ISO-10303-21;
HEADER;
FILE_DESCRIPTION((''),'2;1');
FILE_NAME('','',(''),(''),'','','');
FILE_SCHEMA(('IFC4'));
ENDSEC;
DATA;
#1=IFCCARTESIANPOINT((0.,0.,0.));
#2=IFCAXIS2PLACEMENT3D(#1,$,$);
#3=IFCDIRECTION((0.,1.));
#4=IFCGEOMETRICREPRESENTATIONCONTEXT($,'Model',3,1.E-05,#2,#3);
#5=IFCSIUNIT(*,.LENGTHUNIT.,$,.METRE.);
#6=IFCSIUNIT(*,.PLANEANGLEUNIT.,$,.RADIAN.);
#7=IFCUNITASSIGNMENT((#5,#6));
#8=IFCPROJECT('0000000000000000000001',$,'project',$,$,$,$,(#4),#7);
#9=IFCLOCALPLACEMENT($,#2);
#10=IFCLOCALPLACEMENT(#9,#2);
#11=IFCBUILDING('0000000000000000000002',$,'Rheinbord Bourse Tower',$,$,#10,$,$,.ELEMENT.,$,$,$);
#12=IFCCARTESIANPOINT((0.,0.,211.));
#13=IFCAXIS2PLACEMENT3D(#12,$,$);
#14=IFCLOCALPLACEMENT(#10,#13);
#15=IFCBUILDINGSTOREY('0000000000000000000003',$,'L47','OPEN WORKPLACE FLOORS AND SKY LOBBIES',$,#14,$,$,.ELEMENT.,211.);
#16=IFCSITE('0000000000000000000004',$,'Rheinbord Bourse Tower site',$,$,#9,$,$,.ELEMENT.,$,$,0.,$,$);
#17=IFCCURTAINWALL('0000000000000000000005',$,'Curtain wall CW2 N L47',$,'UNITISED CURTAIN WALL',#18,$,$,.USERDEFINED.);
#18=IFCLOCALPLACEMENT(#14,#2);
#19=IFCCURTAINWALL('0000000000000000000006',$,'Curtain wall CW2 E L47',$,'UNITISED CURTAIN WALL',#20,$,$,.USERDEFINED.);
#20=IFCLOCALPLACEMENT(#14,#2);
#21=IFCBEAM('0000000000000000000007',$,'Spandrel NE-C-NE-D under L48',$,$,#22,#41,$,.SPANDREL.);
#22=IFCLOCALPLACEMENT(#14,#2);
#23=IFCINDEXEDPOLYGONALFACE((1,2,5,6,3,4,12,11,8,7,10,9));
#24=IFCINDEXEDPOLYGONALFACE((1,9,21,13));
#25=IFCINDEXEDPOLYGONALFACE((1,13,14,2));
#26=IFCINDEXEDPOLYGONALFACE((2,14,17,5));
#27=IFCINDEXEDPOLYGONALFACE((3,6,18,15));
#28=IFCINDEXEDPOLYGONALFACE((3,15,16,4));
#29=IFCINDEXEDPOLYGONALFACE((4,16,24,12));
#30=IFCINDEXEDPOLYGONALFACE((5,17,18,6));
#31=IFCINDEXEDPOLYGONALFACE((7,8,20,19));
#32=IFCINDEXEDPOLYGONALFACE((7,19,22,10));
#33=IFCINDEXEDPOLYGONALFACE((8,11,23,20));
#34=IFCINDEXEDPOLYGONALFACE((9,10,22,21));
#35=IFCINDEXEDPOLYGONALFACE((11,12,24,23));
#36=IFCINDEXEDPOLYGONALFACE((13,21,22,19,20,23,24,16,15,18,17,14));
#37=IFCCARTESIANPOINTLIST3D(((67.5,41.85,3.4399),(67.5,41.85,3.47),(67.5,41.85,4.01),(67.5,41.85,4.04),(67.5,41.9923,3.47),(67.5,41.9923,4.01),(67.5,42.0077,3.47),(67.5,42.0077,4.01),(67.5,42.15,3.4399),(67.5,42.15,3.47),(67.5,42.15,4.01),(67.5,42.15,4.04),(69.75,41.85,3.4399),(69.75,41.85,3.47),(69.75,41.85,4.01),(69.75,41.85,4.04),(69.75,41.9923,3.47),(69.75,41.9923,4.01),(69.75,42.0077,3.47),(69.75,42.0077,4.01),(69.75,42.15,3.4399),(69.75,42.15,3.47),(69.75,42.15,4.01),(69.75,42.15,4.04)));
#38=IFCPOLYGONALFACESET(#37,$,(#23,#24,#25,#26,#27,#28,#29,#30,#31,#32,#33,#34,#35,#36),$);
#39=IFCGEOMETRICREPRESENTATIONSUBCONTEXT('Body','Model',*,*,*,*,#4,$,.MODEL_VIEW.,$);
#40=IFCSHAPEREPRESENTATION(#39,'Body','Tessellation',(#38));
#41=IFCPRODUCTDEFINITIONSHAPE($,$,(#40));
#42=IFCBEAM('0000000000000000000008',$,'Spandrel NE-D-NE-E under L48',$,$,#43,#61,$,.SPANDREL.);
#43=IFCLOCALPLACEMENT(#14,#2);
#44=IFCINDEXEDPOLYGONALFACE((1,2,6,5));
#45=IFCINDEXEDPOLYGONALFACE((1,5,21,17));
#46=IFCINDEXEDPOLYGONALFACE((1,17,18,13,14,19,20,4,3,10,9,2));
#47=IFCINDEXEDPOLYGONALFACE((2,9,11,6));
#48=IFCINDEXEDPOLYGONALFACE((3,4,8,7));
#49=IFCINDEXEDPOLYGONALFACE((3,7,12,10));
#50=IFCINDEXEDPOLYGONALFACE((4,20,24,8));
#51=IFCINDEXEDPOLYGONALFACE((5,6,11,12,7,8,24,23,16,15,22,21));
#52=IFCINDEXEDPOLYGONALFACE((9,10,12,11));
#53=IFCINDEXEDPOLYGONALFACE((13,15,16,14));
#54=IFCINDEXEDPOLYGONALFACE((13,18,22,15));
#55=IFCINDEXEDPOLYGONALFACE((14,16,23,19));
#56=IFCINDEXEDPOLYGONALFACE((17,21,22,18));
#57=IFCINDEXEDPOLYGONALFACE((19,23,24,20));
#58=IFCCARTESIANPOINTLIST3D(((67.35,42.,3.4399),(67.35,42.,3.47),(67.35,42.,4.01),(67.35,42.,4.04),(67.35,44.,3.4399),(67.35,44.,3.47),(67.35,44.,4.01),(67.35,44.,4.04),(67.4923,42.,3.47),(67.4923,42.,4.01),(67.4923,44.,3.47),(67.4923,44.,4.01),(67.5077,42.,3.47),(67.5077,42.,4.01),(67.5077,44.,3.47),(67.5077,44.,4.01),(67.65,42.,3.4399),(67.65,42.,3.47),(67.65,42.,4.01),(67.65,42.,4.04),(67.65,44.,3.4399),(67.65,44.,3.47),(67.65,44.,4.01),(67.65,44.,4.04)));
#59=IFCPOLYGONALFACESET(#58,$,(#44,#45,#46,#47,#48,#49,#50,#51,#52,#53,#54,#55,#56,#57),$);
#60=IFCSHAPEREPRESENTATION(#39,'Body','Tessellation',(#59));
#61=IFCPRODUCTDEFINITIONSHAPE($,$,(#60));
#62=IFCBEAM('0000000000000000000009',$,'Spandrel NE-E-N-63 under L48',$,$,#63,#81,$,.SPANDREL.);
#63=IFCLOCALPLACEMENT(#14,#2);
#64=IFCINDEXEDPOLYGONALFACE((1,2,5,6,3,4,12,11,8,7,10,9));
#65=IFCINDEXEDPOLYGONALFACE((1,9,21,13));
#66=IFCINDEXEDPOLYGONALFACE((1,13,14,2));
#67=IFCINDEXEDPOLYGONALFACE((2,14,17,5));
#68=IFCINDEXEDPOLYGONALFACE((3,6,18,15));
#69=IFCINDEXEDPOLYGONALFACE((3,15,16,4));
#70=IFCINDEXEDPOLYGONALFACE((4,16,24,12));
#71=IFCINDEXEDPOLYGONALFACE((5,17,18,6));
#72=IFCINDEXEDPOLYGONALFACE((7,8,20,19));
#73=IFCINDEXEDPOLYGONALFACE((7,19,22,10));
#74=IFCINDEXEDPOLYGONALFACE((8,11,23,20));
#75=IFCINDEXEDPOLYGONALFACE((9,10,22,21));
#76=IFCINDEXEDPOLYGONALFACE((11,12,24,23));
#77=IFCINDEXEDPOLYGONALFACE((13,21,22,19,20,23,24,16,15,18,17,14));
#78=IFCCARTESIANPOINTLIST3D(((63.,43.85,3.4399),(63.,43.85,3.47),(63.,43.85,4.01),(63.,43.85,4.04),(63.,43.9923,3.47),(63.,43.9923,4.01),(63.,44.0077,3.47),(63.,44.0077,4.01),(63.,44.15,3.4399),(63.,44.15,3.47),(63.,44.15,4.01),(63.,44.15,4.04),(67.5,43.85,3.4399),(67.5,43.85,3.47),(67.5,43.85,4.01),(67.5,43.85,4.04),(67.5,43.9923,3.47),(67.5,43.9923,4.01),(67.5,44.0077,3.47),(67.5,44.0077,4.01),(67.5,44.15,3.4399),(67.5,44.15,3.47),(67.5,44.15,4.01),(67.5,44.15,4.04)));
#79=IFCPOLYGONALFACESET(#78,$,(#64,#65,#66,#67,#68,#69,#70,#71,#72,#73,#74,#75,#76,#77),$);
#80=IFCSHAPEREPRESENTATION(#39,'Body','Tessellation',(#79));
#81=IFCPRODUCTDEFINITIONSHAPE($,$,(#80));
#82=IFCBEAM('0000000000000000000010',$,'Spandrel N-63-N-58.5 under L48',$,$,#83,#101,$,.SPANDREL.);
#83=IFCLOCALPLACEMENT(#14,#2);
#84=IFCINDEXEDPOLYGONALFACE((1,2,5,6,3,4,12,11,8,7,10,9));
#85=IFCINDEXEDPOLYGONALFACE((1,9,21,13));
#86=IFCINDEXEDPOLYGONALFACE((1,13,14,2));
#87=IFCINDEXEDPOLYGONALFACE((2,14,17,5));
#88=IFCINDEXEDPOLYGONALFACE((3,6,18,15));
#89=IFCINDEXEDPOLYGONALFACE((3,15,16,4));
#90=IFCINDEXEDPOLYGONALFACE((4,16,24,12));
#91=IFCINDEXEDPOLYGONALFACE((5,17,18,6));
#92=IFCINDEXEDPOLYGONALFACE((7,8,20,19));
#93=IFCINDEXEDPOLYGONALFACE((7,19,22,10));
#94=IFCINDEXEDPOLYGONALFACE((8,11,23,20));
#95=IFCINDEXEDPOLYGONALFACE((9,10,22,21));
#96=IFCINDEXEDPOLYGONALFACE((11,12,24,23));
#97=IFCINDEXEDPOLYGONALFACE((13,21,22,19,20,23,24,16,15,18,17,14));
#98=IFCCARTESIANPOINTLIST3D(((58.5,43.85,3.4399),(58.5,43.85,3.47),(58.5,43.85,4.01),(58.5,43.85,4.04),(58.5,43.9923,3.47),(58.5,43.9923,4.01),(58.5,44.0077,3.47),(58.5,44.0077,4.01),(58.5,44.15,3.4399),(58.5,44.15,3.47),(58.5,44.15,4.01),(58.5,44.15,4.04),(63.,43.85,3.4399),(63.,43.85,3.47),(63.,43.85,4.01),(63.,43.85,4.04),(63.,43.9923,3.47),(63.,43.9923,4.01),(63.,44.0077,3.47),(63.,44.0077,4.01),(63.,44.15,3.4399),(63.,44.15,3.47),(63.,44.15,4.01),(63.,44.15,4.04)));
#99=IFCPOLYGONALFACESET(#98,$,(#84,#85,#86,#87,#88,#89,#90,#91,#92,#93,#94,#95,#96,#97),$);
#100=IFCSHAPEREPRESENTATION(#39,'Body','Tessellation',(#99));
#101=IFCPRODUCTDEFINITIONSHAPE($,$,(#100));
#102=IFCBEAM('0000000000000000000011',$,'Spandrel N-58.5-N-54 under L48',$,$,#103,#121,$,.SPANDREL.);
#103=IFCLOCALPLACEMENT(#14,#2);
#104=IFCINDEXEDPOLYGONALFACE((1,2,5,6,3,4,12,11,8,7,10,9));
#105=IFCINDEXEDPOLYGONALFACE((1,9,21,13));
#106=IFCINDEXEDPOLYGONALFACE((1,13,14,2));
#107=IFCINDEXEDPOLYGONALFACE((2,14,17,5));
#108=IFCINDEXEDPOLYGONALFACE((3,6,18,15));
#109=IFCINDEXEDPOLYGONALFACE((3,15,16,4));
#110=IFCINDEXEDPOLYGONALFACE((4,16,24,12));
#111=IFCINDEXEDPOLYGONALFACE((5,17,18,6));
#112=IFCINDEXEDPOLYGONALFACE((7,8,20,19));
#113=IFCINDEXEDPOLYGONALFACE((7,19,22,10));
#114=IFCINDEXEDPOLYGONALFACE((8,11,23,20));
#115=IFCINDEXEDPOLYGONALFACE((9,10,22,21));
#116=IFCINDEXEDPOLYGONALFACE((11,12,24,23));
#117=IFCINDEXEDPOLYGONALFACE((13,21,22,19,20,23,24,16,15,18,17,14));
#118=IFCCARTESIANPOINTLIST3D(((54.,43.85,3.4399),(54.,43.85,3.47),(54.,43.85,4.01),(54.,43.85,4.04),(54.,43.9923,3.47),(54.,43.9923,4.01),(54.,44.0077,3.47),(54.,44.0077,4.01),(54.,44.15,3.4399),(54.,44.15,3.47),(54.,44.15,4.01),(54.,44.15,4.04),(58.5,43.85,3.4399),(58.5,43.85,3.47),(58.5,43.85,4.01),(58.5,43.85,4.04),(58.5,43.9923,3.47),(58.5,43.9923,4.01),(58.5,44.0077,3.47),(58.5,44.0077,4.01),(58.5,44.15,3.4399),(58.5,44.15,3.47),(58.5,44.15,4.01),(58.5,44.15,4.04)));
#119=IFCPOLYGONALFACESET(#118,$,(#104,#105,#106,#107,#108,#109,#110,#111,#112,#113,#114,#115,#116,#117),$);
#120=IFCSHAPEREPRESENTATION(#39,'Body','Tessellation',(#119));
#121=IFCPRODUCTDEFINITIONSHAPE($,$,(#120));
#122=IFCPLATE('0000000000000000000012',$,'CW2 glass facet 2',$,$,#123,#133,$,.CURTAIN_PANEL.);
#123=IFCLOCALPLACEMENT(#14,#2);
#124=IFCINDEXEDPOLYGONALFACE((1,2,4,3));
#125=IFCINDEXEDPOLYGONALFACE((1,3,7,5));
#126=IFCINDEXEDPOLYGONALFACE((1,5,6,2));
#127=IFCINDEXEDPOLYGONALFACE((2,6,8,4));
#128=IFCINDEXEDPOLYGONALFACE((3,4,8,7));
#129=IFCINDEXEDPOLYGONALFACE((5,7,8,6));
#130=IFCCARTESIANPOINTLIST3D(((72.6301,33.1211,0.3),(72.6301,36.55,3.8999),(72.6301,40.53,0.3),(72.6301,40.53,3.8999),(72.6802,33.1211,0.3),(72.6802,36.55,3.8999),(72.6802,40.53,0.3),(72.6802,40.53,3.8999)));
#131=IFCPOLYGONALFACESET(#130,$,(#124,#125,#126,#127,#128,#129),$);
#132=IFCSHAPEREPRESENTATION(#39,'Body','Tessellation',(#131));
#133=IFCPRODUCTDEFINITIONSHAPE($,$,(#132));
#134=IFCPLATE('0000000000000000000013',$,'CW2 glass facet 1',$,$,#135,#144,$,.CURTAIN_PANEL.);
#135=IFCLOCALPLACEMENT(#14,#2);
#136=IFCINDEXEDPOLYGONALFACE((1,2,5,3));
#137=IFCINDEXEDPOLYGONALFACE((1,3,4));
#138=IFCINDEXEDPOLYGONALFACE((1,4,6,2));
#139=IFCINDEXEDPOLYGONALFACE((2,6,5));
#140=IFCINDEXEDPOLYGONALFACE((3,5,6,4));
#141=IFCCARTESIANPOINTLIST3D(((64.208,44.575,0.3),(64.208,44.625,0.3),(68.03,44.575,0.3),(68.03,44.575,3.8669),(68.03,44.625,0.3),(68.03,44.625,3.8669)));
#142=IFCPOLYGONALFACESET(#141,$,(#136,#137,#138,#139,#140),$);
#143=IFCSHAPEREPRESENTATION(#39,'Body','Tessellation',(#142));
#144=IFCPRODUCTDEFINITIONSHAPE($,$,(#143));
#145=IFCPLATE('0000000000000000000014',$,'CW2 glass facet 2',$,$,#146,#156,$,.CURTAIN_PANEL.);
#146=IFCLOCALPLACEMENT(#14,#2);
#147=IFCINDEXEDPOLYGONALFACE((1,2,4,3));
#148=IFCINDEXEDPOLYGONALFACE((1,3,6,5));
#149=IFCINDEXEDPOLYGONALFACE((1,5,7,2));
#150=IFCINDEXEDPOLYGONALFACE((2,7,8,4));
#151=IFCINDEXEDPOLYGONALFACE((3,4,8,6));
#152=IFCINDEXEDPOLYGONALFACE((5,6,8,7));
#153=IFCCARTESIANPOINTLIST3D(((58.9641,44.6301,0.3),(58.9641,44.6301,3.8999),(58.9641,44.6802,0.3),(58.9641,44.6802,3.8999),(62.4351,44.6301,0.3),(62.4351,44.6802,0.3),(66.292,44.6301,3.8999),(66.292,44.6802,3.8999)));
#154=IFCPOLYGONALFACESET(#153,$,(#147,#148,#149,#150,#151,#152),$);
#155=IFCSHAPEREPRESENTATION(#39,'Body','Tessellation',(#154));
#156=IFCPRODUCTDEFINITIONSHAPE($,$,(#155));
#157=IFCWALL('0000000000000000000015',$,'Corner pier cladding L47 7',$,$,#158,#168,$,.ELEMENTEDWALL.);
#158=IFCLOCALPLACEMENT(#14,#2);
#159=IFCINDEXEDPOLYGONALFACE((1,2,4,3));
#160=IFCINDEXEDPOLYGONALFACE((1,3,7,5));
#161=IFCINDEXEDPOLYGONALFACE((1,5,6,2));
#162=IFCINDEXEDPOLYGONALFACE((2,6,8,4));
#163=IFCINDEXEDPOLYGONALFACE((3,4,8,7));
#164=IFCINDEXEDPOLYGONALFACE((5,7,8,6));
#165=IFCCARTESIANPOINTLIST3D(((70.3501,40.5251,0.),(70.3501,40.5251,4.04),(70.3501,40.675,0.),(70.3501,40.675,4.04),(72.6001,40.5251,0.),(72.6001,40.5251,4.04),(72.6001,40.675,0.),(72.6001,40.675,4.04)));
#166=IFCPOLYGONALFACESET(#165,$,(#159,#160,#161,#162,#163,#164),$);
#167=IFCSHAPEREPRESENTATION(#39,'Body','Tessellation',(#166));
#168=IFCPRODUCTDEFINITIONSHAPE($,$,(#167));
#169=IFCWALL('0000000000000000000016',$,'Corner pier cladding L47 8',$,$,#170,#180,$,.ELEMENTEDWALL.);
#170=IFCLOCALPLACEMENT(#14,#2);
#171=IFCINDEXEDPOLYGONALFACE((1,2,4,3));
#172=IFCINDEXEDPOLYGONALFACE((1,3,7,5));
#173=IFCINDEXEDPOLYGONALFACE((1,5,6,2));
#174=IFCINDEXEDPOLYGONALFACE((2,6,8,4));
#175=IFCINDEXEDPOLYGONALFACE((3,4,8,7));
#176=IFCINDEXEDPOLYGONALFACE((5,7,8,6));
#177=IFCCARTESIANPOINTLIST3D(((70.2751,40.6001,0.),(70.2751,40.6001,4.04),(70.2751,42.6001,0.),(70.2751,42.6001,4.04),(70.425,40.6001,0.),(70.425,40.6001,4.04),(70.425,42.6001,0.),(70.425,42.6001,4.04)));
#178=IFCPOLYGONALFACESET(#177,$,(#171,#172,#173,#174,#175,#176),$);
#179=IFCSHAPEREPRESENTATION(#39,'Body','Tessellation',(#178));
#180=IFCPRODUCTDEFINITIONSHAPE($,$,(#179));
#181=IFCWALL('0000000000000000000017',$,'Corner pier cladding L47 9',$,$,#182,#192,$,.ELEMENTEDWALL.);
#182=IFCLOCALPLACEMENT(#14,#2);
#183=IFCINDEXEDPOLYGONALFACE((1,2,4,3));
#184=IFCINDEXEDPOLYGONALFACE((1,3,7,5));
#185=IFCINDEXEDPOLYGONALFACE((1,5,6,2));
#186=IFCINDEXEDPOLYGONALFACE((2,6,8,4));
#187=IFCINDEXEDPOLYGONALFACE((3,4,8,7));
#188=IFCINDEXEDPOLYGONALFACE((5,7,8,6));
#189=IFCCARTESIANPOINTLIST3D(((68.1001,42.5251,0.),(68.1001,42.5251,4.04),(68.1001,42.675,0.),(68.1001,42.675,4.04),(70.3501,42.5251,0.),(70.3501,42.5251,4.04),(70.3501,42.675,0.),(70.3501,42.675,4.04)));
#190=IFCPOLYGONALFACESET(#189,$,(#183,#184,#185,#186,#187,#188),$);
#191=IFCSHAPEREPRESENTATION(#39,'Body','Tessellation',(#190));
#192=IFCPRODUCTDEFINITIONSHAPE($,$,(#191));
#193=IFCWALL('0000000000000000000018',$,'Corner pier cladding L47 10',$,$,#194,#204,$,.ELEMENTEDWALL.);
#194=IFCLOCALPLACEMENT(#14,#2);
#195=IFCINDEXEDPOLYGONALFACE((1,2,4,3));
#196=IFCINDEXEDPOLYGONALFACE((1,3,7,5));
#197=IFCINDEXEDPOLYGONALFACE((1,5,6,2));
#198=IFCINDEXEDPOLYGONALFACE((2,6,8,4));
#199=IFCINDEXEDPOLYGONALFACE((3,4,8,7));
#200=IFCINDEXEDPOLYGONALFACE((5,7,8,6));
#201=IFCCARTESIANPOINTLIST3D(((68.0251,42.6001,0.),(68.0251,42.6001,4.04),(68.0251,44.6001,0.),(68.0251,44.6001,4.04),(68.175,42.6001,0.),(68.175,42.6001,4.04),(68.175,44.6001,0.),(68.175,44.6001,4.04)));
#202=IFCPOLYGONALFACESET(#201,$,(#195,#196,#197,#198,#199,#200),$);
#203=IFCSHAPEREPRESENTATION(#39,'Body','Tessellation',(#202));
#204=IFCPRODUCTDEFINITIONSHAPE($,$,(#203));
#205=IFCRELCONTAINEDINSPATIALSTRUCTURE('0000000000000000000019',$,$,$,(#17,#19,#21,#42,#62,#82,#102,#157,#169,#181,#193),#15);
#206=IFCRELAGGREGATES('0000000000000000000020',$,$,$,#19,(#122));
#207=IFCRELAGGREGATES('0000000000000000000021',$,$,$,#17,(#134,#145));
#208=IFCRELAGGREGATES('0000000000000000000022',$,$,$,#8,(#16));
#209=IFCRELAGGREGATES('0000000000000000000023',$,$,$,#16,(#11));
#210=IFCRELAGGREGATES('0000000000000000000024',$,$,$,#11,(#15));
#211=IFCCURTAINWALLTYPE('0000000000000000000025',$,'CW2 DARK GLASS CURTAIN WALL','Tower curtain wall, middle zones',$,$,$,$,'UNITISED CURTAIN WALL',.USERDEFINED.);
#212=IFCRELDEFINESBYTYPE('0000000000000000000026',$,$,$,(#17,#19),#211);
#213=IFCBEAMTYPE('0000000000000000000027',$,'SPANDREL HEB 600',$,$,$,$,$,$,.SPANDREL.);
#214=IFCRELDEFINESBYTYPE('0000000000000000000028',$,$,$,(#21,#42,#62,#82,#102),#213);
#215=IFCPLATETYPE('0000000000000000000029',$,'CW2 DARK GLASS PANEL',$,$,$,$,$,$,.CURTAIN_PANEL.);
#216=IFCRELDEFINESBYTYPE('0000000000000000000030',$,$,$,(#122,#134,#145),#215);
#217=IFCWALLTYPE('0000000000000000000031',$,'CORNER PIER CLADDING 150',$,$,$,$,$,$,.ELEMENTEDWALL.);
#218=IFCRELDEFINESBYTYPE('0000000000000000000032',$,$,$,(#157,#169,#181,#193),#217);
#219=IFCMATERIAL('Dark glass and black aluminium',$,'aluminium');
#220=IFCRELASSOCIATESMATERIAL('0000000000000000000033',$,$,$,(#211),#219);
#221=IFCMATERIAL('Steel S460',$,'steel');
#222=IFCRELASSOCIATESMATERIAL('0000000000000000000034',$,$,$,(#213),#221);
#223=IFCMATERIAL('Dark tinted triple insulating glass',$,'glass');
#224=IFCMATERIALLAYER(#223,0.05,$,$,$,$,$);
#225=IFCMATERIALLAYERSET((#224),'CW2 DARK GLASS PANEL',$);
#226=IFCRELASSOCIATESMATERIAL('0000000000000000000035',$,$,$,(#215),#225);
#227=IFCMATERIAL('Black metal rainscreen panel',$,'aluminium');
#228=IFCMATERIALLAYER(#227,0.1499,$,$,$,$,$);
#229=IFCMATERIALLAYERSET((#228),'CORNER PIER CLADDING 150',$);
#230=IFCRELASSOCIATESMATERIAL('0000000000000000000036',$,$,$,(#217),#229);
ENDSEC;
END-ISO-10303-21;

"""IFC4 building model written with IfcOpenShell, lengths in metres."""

from ifc_helpers import new_model, si_unit, direction, frame, frame_2d, origin, origin_2d, place, context, subcontext, project, spatial, polyline, rectangle, i_section, outline, extrude, material, layer, layer_set, material_profile, profile_set, type_object, element, aggregate, save


model = new_model("IFC4")

# Units and contexts
model_context = context("Model", 3, precision=1e-05, world=origin(), true_north=direction((0.0, 1.0)))
body_context = subcontext(model_context, "Body", "Model", "MODEL_VIEW")
ifc_project = project(units=[si_unit("LENGTHUNIT", "METRE"), si_unit("PLANEANGLEUNIT", "RADIAN")], contexts=[model_context])

# Site, building, storey
site_placement = place(None, origin())
site = spatial("IfcSite", under=ifc_project, at=site_placement, Name="Rheinbord Bourse Tower site", CompositionType="ELEMENT", RefElevation=0.0)
building_placement = place(site_placement, origin())
building = spatial("IfcBuilding", under=site, at=building_placement, Name="Rheinbord Bourse Tower", CompositionType="ELEMENT")
storey_placement = place(building_placement, frame((0.0, 0.0, 211.0)))
storey = spatial("IfcBuildingStorey", under=building, at=storey_placement, Name="L47", Description="OPEN WORKPLACE FLOORS AND SKY LOBBIES", CompositionType="ELEMENT", Elevation=211.0)

# Curtain walls
ifc_material_1 = material(Name="Dark glass and black aluminium", Category="aluminium")
curtain_wall_type = type_object("IfcCurtainWallType", Name="CW2 DARK GLASS CURTAIN WALL", Description="Tower curtain wall, middle zones", ElementType="UNITISED CURTAIN WALL", PredefinedType="USERDEFINED", material=ifc_material_1)
curtain_wall_1_placement = place(storey_placement, origin())
curtain_wall_1 = element("IfcCurtainWall", 1, at=curtain_wall_1_placement, inside=storey, type_object=curtain_wall_type, Name="Curtain wall CW2 N L47", ObjectType="UNITISED CURTAIN WALL", PredefinedType="USERDEFINED")
curtain_wall_2_placement = place(storey_placement, origin())
curtain_wall_2 = element("IfcCurtainWall", 2, at=curtain_wall_2_placement, inside=storey, type_object=curtain_wall_type, Name="Curtain wall CW2 E L47", ObjectType="UNITISED CURTAIN WALL", PredefinedType="USERDEFINED")

# Beams
ifc_material_2 = material(Name="Steel S460", Category="steel")
ifc_material_profile_1 = material_profile(ifc_material_2, i_section(OverallWidth=0.3, OverallDepth=0.6001, WebThickness=0.0154, FlangeThickness=0.03, at=origin_2d()), Name="HEB 600")
ifc_profile_set_1 = profile_set([ifc_material_profile_1], Name="Steel S460")
beam_type_1 = type_object("IfcBeamType", Name="SPANDREL HEB 600", PredefinedType="SPANDREL", material=ifc_profile_set_1)
for number, where, z_axis, x_axis, name in (
    (3, (69.75, 42.0, 3.74), (-1.0, 0.0, 0.0), (0.0, -1.0, 0.0), "Spandrel NE-C-NE-D under L48"),
):
    element("IfcBeam", number, at=place(storey_placement, frame(where, z_axis=z_axis, x_axis=x_axis)), inside=storey, type_object=beam_type_1, Name=name, PredefinedType="SPANDREL", context=body_context, shape_type="SweptSolid", body=[
        extrude(i_section(OverallWidth=0.3, OverallDepth=0.6001, WebThickness=0.0154, FlangeThickness=0.03, at=origin_2d()), origin(), (0.0, 0.0, 1.0), 2.25),
    ])
beam_placement = place(storey_placement, frame((67.5, 42.0, 3.74), z_axis=(0.0, 1.0, 0.0), x_axis=(-1.0, 0.0, 0.0)))
element("IfcBeam", 4, at=beam_placement, inside=storey, type_object=beam_type_1, Name="Spandrel NE-D-NE-E under L48", PredefinedType="SPANDREL", context=body_context, shape_type="SweptSolid", body=[
    extrude(i_section(OverallWidth=0.3, OverallDepth=0.6001, WebThickness=0.0154, FlangeThickness=0.03, at=origin_2d()), origin(), (0.0, 0.0, 1.0), 2.0),
])
for number, where, z_axis, x_axis, name in (
    (5, (67.5, 44.0, 3.74), (-1.0, 0.0, 0.0), (0.0, -1.0, 0.0), "Spandrel NE-E-N-63 under L48"),
    (6, (63.0, 44.0, 3.74), (-1.0, 0.0, 0.0), (0.0, -1.0, 0.0), "Spandrel N-63-N-58.5 under L48"),
    (7, (58.5, 44.0, 3.74), (-1.0, 0.0, 0.0), (0.0, -1.0, 0.0), "Spandrel N-58.5-N-54 under L48"),
):
    element("IfcBeam", number, at=place(storey_placement, frame(where, z_axis=z_axis, x_axis=x_axis)), inside=storey, type_object=beam_type_1, Name=name, PredefinedType="SPANDREL", context=body_context, shape_type="SweptSolid", body=[
        extrude(i_section(OverallWidth=0.3, OverallDepth=0.6001, WebThickness=0.0154, FlangeThickness=0.03, at=origin_2d()), origin(), (0.0, 0.0, 1.0), 4.5),
    ])

# Plates
ifc_material_3 = material(Name="Dark tinted triple insulating glass", Category="glass")
ifc_layer_1 = layer(ifc_material_3, 0.05)
ifc_layer_set_1 = layer_set([ifc_layer_1], Name="CW2 DARK GLASS PANEL")
plate_type = type_object("IfcPlateType", Name="CW2 DARK GLASS PANEL", PredefinedType="CURTAIN_PANEL", material=ifc_layer_set_1)
plate_1_placement = place(storey_placement, frame((72.6802, 40.53, 3.8999), z_axis=(-1.0, 0.0, 0.0), x_axis=(0.0, 0.0, -1.0)))
plate_1 = element("IfcPlate", 8, at=plate_1_placement, type_object=plate_type, Name="CW2 glass facet 2", PredefinedType="CURTAIN_PANEL", context=body_context, shape_type="SweptSolid", body=[
    extrude(outline(polyline([(0.0, 0.0), (3.5999, 0.0), (3.5999, 7.4089), (0.0, 3.98), (0.0, 0.0)])), origin(), (0.0, 0.0, 1.0), 0.05),
])
aggregate(curtain_wall_2, [plate_1])
plate_2_placement = place(storey_placement, frame((68.03, 44.625, 0.3), z_axis=(0.0, -1.0, 0.0), x_axis=(0.0, 0.0, 1.0)))
plate_2 = element("IfcPlate", 9, at=plate_2_placement, type_object=plate_type, Name="CW2 glass facet 1", PredefinedType="CURTAIN_PANEL", context=body_context, shape_type="SweptSolid", body=[
    extrude(outline(polyline([(0.0, 0.0), (3.5669, 0.0), (0.0, 3.822), (0.0, 0.0)])), origin(), (0.0, 0.0, 1.0), 0.05),
])
plate_3_placement = place(storey_placement, frame((58.9641, 44.6802, 3.8999), z_axis=(0.0, -1.0, 0.0), x_axis=(0.0, 0.0, -1.0)))
plate_3 = element("IfcPlate", 10, at=plate_3_placement, type_object=plate_type, Name="CW2 glass facet 2", PredefinedType="CURTAIN_PANEL", context=body_context, shape_type="SweptSolid", body=[
    extrude(outline(polyline([(0.0, 0.0), (3.5999, 0.0), (3.5999, 3.4709), (0.0, 7.3279), (0.0, 0.0)])), origin(), (0.0, 0.0, 1.0), 0.05),
])
aggregate(curtain_wall_1, [plate_2, plate_3])

# Walls
ifc_material_4 = material(Name="Black metal rainscreen panel", Category="aluminium")
ifc_layer_2 = layer(ifc_material_4, 0.1499)
ifc_layer_set_2 = layer_set([ifc_layer_2], Name="CORNER PIER CLADDING 150")
wall_type = type_object("IfcWallType", Name="CORNER PIER CLADDING 150", PredefinedType="ELEMENTEDWALL", material=ifc_layer_set_2)
wall_1_placement = place(storey_placement, frame((72.6001, 40.6001, 0.0), z_axis=(0.0, 0.0, 1.0), x_axis=(-1.0, 0.0, 0.0)))
element("IfcWall", 11, at=wall_1_placement, inside=storey, type_object=wall_type, Name="Corner pier cladding L47 7", PredefinedType="ELEMENTEDWALL", context=body_context, shape_type="SweptSolid", body=[
    extrude(rectangle(XDim=2.25, YDim=0.1499, at=frame_2d((1.125, 0.0))), origin(), (0.0, 0.0, 1.0), 4.04),
])
wall_2_placement = place(storey_placement, frame((70.3501, 40.6001, 0.0), z_axis=(0.0, 0.0, 1.0), x_axis=(0.0, 1.0, 0.0)))
element("IfcWall", 12, at=wall_2_placement, inside=storey, type_object=wall_type, Name="Corner pier cladding L47 8", PredefinedType="ELEMENTEDWALL", context=body_context, shape_type="SweptSolid", body=[
    extrude(rectangle(XDim=2.0, YDim=0.1499, at=frame_2d((1.0, 0.0))), origin(), (0.0, 0.0, 1.0), 4.04),
])
wall_3_placement = place(storey_placement, frame((70.3501, 42.6001, 0.0), z_axis=(0.0, 0.0, 1.0), x_axis=(-1.0, 0.0, 0.0)))
element("IfcWall", 13, at=wall_3_placement, inside=storey, type_object=wall_type, Name="Corner pier cladding L47 9", PredefinedType="ELEMENTEDWALL", context=body_context, shape_type="SweptSolid", body=[
    extrude(rectangle(XDim=2.25, YDim=0.1499, at=frame_2d((1.125, 0.0))), origin(), (0.0, 0.0, 1.0), 4.04),
])
wall_4_placement = place(storey_placement, frame((68.1001, 42.6001, 0.0), z_axis=(0.0, 0.0, 1.0), x_axis=(0.0, 1.0, 0.0)))
element("IfcWall", 14, at=wall_4_placement, inside=storey, type_object=wall_type, Name="Corner pier cladding L47 10", PredefinedType="ELEMENTEDWALL", context=body_context, shape_type="SweptSolid", body=[
    extrude(rectangle(XDim=2.0, YDim=0.1499, at=frame_2d((1.0, 0.0))), origin(), (0.0, 0.0, 1.0), 4.04),
])

save(model, "model.ifc")
